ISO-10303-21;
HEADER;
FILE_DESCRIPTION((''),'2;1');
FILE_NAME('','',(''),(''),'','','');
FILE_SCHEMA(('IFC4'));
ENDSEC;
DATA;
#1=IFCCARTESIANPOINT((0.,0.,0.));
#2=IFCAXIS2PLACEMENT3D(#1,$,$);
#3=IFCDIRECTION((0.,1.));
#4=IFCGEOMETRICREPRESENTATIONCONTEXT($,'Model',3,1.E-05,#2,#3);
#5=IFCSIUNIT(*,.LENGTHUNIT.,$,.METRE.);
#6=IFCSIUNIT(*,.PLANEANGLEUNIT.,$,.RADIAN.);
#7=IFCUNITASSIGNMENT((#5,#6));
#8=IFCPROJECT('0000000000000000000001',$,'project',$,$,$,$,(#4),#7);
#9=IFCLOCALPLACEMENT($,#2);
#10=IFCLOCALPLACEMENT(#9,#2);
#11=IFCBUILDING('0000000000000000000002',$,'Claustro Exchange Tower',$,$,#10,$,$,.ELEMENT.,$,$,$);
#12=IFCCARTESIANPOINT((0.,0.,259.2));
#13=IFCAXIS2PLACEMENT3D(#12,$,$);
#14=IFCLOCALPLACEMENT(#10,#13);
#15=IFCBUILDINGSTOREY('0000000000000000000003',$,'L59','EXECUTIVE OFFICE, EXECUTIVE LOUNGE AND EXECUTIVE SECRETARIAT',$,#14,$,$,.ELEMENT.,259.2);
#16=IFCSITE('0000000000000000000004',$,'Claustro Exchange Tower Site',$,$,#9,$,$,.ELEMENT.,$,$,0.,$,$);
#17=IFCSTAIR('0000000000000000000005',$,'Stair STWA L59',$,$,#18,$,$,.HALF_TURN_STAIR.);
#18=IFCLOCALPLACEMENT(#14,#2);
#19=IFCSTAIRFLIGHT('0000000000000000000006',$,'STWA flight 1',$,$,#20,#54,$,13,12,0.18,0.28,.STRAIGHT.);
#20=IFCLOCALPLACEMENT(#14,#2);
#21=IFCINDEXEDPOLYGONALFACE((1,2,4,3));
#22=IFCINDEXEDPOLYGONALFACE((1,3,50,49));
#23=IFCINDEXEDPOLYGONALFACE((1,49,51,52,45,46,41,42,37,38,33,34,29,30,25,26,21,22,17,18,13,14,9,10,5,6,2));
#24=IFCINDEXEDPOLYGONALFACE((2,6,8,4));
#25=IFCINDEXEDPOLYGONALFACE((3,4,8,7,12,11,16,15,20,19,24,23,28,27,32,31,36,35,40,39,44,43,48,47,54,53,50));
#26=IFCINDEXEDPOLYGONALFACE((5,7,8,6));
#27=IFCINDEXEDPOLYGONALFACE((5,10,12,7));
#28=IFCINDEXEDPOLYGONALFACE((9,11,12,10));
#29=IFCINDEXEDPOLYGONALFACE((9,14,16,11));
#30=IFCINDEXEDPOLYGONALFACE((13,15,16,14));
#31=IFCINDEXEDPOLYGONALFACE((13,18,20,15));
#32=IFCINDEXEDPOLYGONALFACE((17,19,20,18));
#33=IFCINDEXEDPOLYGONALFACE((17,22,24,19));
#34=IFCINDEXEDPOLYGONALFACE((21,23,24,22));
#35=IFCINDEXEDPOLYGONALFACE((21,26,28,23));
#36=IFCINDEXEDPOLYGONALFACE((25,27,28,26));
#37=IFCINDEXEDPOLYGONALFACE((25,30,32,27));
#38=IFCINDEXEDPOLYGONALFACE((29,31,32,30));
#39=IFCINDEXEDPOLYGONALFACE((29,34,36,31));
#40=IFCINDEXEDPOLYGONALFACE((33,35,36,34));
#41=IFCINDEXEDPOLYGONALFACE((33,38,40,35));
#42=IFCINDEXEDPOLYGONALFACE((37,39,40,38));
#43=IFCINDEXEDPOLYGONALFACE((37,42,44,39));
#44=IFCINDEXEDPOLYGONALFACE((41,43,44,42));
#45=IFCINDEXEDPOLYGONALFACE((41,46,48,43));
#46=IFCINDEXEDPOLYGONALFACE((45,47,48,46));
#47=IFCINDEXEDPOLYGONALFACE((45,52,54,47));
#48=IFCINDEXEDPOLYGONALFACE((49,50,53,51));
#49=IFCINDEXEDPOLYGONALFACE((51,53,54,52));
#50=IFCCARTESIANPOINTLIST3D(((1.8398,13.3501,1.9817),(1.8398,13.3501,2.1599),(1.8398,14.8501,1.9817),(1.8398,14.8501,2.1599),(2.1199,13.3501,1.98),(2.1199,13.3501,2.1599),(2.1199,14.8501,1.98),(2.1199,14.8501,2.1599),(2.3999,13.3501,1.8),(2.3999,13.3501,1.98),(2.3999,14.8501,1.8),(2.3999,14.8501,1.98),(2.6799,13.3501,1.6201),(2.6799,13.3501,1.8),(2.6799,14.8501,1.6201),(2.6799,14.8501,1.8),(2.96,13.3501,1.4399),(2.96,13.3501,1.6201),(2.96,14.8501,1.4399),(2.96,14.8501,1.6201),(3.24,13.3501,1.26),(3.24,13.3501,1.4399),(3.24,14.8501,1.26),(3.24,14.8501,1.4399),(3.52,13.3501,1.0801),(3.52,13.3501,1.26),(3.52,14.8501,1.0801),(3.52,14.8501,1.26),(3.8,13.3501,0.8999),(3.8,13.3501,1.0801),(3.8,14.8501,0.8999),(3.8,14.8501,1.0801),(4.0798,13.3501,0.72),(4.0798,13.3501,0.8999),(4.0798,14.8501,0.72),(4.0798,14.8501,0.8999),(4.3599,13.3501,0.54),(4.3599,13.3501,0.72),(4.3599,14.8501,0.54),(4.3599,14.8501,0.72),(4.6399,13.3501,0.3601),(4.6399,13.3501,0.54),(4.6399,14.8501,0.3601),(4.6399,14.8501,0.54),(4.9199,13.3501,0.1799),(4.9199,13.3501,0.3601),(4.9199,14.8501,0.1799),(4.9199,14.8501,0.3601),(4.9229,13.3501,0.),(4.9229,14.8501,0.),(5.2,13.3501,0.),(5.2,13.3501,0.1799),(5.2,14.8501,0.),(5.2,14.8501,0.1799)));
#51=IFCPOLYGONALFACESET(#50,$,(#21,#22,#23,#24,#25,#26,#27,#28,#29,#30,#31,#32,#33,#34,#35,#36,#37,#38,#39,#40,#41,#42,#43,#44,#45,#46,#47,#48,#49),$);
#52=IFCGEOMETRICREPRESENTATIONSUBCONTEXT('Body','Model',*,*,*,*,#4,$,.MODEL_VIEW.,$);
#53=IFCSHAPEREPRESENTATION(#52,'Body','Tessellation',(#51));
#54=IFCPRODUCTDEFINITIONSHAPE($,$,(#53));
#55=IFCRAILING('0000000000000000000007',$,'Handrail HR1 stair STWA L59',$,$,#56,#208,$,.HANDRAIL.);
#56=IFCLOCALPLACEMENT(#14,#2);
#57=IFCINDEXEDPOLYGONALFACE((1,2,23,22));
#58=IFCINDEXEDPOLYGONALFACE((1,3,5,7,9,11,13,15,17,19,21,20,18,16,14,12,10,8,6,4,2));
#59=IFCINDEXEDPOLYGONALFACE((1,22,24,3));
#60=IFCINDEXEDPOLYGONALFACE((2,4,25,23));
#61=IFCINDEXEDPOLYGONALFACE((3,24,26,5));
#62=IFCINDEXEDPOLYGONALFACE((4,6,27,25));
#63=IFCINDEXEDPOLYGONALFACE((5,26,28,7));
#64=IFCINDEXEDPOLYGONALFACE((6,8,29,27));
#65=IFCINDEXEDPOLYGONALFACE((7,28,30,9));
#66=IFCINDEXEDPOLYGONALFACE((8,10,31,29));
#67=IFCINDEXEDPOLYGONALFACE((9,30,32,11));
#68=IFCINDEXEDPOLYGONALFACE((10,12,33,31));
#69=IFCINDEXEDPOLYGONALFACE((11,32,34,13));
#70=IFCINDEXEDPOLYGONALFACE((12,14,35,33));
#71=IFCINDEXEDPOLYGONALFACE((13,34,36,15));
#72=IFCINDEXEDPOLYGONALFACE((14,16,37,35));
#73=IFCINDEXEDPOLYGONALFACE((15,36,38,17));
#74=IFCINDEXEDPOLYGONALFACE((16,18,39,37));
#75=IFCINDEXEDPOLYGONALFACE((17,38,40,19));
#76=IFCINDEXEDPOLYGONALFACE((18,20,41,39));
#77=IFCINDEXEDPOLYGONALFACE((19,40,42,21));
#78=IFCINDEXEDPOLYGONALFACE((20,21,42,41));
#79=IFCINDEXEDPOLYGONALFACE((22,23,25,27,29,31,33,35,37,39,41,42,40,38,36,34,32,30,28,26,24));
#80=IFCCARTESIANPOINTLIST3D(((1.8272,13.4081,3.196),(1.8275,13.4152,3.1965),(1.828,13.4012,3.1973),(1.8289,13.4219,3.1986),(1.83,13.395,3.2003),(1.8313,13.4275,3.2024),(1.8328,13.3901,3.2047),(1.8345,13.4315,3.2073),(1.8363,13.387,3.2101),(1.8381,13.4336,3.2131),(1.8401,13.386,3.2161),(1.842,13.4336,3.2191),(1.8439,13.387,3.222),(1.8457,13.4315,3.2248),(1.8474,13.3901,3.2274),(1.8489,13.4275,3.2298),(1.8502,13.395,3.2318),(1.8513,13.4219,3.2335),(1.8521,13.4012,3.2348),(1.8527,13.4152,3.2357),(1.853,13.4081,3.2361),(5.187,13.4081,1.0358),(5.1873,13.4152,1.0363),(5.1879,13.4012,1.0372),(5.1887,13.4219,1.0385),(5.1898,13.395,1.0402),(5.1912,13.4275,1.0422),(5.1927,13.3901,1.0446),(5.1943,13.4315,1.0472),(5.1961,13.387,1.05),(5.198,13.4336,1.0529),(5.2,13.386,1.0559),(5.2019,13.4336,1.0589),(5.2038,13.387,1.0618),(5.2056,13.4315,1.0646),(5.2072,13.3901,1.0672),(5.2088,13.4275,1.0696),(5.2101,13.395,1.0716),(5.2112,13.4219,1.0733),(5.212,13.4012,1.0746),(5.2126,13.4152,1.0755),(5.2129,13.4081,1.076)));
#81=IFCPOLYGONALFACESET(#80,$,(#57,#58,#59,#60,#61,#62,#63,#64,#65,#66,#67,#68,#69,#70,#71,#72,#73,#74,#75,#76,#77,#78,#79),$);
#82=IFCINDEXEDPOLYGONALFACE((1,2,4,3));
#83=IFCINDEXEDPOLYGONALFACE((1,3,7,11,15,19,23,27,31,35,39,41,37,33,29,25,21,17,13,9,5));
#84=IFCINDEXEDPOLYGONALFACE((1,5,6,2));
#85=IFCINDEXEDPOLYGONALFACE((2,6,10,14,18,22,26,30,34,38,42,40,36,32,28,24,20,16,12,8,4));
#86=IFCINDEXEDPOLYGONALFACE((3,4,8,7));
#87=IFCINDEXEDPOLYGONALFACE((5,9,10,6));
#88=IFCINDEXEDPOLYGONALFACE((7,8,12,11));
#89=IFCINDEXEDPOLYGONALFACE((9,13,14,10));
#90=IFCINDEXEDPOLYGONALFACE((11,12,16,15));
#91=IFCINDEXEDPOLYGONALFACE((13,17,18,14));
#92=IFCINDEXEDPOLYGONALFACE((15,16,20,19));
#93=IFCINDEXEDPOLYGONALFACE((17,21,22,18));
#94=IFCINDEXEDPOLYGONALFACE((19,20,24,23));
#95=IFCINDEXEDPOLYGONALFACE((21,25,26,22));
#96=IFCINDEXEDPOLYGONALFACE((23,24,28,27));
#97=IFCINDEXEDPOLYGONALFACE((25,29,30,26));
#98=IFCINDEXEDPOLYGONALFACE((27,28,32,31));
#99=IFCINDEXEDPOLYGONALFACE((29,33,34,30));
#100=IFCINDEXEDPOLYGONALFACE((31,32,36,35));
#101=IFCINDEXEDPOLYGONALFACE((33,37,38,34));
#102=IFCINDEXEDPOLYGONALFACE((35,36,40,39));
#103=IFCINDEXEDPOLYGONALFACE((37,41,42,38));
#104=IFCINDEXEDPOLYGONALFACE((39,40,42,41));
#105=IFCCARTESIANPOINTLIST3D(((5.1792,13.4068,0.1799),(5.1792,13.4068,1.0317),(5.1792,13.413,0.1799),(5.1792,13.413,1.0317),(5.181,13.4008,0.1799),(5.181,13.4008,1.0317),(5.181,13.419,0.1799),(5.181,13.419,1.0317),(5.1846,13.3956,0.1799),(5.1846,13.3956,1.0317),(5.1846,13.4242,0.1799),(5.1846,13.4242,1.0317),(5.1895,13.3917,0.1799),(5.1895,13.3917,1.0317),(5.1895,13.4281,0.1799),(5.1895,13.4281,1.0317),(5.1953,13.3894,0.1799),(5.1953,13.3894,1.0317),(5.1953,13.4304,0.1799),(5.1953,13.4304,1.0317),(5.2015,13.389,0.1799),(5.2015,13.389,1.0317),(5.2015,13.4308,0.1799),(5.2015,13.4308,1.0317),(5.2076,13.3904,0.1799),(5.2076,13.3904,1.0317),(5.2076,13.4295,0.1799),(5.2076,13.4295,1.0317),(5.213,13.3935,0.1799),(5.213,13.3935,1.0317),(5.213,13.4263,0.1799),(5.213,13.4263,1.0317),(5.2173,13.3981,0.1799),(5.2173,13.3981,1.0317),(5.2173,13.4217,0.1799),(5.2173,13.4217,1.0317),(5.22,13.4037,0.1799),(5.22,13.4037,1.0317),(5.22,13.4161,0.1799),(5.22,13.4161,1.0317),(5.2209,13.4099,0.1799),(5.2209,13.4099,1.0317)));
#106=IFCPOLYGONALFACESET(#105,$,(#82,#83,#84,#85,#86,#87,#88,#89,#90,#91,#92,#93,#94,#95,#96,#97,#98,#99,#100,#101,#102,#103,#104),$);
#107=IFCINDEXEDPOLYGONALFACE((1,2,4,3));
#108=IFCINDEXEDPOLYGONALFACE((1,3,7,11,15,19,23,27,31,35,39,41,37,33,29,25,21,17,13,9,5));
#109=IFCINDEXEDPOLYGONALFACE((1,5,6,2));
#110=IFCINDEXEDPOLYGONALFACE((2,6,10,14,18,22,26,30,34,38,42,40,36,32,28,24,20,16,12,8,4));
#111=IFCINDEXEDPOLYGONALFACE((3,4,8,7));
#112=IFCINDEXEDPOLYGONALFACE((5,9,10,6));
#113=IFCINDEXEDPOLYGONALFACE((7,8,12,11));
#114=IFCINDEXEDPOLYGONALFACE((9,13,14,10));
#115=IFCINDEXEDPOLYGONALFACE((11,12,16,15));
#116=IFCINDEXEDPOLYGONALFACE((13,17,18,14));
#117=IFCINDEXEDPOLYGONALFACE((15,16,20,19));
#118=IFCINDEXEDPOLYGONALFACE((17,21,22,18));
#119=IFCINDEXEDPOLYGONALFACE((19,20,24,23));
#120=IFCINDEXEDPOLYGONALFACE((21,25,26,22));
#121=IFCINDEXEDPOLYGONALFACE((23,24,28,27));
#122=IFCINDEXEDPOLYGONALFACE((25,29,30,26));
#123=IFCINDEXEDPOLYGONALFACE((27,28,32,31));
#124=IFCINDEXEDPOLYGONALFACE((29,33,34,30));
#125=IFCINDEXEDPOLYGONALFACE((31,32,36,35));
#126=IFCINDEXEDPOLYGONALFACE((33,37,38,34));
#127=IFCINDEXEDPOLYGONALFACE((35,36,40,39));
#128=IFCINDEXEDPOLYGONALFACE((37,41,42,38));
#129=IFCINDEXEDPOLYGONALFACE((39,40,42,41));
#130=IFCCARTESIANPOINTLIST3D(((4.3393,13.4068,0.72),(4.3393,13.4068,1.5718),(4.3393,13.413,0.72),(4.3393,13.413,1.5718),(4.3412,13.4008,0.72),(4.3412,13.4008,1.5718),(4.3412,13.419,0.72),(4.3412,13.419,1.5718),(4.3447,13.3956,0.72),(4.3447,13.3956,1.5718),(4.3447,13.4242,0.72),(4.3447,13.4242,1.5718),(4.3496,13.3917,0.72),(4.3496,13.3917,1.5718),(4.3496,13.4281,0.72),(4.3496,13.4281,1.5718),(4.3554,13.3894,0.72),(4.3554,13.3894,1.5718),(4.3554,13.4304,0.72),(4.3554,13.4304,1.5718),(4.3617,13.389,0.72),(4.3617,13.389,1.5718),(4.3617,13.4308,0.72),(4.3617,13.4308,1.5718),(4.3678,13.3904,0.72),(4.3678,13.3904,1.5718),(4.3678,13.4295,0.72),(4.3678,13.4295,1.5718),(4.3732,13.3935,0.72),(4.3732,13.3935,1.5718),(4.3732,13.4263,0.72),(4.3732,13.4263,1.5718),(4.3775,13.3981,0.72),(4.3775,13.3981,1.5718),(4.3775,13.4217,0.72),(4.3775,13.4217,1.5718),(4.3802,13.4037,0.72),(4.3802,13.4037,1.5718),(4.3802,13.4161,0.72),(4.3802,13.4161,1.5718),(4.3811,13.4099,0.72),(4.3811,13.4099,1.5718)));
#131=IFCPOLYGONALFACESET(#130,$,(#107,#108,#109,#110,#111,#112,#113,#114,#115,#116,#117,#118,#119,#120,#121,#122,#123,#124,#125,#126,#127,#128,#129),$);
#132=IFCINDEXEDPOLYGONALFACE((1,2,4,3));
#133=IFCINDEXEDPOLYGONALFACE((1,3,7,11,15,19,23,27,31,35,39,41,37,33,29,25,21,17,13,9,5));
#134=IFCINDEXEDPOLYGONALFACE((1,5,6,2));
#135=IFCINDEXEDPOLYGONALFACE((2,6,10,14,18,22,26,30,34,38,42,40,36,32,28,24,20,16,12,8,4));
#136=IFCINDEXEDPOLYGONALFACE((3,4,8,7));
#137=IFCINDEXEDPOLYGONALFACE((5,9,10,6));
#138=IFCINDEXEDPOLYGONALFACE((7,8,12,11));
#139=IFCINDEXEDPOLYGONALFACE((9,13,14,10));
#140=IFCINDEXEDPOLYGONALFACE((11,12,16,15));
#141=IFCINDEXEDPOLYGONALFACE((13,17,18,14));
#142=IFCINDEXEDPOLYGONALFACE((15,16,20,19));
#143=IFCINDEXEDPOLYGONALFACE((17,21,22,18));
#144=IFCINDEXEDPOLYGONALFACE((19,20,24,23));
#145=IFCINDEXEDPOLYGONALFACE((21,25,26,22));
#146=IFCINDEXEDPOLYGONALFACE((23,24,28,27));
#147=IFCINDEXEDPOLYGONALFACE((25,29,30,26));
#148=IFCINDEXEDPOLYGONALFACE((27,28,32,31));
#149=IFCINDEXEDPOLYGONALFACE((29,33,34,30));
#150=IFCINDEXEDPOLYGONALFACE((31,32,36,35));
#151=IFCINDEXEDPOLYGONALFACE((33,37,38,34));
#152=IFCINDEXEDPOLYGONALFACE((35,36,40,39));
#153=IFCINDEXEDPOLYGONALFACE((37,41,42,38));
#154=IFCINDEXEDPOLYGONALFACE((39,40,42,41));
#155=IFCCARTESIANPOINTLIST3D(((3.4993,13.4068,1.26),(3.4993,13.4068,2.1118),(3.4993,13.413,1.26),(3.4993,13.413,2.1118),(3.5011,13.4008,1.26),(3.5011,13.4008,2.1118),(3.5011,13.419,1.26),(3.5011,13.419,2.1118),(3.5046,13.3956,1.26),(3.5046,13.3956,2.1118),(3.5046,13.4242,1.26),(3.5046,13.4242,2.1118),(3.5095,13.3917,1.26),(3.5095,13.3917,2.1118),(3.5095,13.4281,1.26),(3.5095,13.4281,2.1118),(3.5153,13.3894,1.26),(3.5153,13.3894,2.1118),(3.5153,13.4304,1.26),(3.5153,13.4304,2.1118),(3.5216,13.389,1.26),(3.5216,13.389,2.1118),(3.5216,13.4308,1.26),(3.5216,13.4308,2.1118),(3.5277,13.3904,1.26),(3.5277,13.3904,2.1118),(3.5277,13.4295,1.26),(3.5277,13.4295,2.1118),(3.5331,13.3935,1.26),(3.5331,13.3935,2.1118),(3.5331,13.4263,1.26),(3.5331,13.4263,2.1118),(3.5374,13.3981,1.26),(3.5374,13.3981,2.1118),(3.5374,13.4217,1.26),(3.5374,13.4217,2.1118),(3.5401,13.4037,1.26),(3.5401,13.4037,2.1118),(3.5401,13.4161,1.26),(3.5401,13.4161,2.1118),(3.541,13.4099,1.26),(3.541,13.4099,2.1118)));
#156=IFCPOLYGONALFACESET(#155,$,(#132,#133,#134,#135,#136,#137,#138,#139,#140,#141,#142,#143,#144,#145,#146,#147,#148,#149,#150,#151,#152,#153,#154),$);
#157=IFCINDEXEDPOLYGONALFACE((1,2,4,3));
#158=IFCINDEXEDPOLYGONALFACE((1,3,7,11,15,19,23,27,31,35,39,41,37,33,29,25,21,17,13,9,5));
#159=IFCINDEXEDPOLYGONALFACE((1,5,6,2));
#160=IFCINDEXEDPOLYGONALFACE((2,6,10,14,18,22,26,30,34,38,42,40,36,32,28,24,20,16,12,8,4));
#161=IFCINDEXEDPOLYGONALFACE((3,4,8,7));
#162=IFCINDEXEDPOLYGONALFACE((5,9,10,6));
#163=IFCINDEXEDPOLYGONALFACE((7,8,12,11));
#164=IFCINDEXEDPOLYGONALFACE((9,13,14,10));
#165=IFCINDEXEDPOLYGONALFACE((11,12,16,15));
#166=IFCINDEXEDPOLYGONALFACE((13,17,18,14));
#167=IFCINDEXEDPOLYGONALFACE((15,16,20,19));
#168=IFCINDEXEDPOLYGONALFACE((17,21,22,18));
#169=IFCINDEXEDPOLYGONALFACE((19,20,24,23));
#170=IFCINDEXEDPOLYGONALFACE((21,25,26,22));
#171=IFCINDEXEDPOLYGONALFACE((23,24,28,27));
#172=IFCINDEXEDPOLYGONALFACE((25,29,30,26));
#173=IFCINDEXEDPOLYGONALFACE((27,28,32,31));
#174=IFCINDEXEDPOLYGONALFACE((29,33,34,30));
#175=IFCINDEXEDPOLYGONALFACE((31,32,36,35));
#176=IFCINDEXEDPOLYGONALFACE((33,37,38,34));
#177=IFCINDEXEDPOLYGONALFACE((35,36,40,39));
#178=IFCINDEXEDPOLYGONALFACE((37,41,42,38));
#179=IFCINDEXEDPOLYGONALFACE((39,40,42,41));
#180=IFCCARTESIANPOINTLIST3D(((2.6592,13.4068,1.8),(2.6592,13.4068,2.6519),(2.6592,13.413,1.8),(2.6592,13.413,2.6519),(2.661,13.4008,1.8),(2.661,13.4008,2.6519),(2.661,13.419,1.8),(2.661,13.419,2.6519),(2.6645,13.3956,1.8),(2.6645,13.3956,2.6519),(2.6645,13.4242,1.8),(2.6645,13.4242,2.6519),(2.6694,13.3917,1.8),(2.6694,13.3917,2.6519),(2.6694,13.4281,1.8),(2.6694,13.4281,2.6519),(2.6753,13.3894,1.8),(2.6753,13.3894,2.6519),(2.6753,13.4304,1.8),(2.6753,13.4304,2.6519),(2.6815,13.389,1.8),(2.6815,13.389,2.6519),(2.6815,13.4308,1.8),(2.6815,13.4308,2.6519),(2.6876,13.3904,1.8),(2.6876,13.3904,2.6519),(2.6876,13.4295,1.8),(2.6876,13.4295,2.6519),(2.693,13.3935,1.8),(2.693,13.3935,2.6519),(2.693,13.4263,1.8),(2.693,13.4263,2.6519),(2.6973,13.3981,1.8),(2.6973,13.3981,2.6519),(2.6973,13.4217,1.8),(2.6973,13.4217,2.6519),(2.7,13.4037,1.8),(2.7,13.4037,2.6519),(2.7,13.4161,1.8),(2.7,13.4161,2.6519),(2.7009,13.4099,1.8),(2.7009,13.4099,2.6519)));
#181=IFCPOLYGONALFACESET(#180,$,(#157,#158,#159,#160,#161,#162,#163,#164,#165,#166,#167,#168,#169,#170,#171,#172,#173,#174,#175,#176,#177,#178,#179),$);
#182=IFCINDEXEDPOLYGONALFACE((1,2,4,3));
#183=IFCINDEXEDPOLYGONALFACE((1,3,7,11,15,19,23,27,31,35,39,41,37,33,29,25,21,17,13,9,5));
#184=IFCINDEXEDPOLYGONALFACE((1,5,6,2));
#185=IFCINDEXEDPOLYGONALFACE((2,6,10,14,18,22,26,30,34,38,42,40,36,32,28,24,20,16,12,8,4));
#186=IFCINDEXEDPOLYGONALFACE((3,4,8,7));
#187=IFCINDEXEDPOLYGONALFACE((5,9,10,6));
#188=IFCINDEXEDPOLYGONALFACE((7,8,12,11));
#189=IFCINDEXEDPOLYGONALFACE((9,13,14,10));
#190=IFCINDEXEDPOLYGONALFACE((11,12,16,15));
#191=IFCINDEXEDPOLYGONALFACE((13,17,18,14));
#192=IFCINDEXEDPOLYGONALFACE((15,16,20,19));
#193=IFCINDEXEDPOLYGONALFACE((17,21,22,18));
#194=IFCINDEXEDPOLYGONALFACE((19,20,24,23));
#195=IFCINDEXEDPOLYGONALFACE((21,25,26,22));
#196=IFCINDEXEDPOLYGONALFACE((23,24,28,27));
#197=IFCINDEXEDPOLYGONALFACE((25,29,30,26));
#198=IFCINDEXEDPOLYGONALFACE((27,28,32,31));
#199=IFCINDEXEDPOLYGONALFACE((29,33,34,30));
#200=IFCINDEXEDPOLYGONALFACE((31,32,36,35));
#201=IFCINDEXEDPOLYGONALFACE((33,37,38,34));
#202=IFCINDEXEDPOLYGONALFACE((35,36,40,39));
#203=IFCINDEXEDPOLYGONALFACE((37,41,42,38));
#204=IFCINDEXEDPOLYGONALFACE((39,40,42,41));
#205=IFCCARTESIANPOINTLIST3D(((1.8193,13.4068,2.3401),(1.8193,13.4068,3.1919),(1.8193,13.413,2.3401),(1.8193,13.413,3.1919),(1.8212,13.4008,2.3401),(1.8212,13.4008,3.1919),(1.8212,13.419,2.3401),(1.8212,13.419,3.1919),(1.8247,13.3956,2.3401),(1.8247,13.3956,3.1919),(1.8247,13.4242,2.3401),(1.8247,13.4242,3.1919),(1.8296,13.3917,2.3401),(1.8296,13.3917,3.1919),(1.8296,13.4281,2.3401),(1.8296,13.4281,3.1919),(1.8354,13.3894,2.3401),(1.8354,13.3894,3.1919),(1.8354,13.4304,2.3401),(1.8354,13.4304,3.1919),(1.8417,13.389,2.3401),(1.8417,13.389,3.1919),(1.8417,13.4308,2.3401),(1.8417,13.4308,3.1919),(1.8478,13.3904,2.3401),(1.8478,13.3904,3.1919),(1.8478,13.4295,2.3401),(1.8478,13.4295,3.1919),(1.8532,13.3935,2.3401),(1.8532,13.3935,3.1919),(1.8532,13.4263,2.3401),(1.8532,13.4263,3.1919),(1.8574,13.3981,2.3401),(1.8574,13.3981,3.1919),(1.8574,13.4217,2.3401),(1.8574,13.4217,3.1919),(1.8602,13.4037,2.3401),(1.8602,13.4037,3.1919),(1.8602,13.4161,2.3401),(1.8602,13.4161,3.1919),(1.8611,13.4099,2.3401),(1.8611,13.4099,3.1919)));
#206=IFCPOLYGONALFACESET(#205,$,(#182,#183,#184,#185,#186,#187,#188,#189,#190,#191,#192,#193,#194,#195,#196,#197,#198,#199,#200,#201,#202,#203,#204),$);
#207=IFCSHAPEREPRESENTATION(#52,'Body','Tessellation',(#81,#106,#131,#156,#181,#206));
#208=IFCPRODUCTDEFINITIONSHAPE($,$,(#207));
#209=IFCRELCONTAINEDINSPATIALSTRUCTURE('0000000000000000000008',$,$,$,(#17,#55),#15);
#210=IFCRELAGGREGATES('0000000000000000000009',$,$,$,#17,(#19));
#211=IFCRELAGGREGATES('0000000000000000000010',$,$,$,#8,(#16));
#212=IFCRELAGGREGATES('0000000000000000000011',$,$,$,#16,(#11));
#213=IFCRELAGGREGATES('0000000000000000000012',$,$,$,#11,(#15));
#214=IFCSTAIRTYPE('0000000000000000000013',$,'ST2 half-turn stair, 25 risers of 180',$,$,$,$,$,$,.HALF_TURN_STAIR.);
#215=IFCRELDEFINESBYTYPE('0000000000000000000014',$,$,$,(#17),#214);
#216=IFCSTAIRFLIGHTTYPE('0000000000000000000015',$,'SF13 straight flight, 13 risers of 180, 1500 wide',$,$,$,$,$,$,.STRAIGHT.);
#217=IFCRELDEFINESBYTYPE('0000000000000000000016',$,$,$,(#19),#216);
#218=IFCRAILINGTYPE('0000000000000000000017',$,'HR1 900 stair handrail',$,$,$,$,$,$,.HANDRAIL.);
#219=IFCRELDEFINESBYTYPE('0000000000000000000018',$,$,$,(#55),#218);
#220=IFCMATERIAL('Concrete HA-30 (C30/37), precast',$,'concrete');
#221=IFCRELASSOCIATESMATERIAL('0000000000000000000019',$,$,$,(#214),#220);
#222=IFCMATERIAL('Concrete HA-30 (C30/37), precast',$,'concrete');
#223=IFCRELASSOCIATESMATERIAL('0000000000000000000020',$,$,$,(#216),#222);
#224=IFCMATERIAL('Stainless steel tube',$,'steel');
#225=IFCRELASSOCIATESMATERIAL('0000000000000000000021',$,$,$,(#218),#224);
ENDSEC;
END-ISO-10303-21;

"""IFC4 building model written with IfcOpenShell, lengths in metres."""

from ifc_helpers import new_model, si_unit, direction, frame, origin, origin_2d, place, context, subcontext, project, spatial, polyline, circle, outline, extrude, material, type_object, element, aggregate, save


model = new_model("IFC4")

# Units and contexts
model_context = context("Model", 3, precision=1e-05, world=origin(), true_north=direction((0.0, 1.0)))
body_context = subcontext(model_context, "Body", "Model", "MODEL_VIEW")
ifc_project = project(units=[si_unit("LENGTHUNIT", "METRE"), si_unit("PLANEANGLEUNIT", "RADIAN")], contexts=[model_context])

# Site, building, storey
site_placement = place(None, origin())
site = spatial("IfcSite", under=ifc_project, at=site_placement, Name="Claustro Exchange Tower Site", CompositionType="ELEMENT", RefElevation=0.0)
building_placement = place(site_placement, origin())
building = spatial("IfcBuilding", under=site, at=building_placement, Name="Claustro Exchange Tower", CompositionType="ELEMENT")
storey_placement = place(building_placement, frame((0.0, 0.0, 259.2)))
storey = spatial("IfcBuildingStorey", under=building, at=storey_placement, Name="L59", Description="EXECUTIVE OFFICE, EXECUTIVE LOUNGE AND EXECUTIVE SECRETARIAT", CompositionType="ELEMENT", Elevation=259.2)

# Stair, stair flight
ifc_material_1 = material(Name="Concrete HA-30 (C30/37), precast", Category="concrete")
stair_type = type_object("IfcStairType", Name="ST2 half-turn stair, 25 risers of 180", PredefinedType="HALF_TURN_STAIR", material=ifc_material_1)
stair_placement = place(storey_placement, origin())
stair = element("IfcStair", 1, at=stair_placement, inside=storey, type_object=stair_type, Name="Stair STWA L59", PredefinedType="HALF_TURN_STAIR")
ifc_material_2 = material(Name="Concrete HA-30 (C30/37), precast", Category="concrete")
stair_flight_type = type_object("IfcStairFlightType", Name="SF13 straight flight, 13 risers of 180, 1500 wide", PredefinedType="STRAIGHT", material=ifc_material_2)
stair_flight_placement = place(storey_placement, frame((5.2, 14.1001, 0.0), z_axis=(0.0, 0.0, 1.0), x_axis=(-1.0, 0.0, 0.0)))
stair_flight = element("IfcStairFlight", 2, at=stair_flight_placement, type_object=stair_flight_type, Name="STWA flight 1", NumberOfRisers=13, NumberOfTreads=12, PredefinedType="STRAIGHT", RiserHeight=0.18, TreadLength=0.28, context=body_context, shape_type="SweptSolid", body=[
    extrude(outline(polyline([(0.0, 0.0), (0.0, 0.1799), (0.28, 0.1799), (0.28, 0.3601), (0.5601, 0.3601), (0.5601, 0.54), (0.8401, 0.54), (0.8401, 0.72), (1.1201, 0.72), (1.1201, 0.8999), (1.3999, 0.8999), (1.3999, 1.0801), (1.6799, 1.0801), (1.6799, 1.26), (1.96, 1.26), (1.96, 1.4399), (2.24, 1.4399), (2.24, 1.6201), (2.52, 1.6201), (2.52, 1.8), (2.8, 1.8), (2.8, 1.98), (3.0801, 1.98), (3.0801, 2.1599), (3.3601, 2.1599), (3.3601, 2.3401), (3.3601, 1.9817), (0.2771, 0.0), (0.0, 0.0)])), frame((0.0, 0.75, 0.0), z_axis=(0.0, -1.0, 0.0), x_axis=(1.0, 0.0, 0.0)), (0.0, 0.0, 1.0), 1.5),
])
aggregate(stair, [stair_flight])

# Railing
ifc_material_3 = material(Name="Stainless steel tube", Category="steel")
railing_type = type_object("IfcRailingType", Name="HR1 900 stair handrail", PredefinedType="HANDRAIL", material=ifc_material_3)
railing_placement = place(storey_placement, frame((5.2, 13.4099, 0.1799)))
element("IfcRailing", 3, at=railing_placement, inside=storey, type_object=railing_type, Name="Handrail HR1 stair STWA L59", PredefinedType="HANDRAIL", context=body_context, shape_type="SweptSolid", body=[
    extrude(circle(Radius=0.0239, at=origin_2d()), frame((0.0, 0.0, 0.876), z_axis=(-0.841151, 0.0, 0.540801), x_axis=(0.0, -1.0, 0.0)), (0.0, 0.0, 1.0), 3.9944),
    extrude(circle(Radius=0.021, at=origin_2d()), origin(), (0.0, 0.0, 1.0), 0.8518),
    extrude(circle(Radius=0.021, at=origin_2d()), frame((-0.8398, 0.0, 0.54)), (0.0, 0.0, 1.0), 0.8518),
    extrude(circle(Radius=0.021, at=origin_2d()), frame((-1.6799, 0.0, 1.0801)), (0.0, 0.0, 1.0), 0.8518),
    extrude(circle(Radius=0.021, at=origin_2d()), frame((-2.52, 0.0, 1.6201)), (0.0, 0.0, 1.0), 0.8518),
    extrude(circle(Radius=0.021, at=origin_2d()), frame((-3.3599, 0.0, 2.1602)), (0.0, 0.0, 1.0), 0.8518),
])

save(model, "model.ifc")
